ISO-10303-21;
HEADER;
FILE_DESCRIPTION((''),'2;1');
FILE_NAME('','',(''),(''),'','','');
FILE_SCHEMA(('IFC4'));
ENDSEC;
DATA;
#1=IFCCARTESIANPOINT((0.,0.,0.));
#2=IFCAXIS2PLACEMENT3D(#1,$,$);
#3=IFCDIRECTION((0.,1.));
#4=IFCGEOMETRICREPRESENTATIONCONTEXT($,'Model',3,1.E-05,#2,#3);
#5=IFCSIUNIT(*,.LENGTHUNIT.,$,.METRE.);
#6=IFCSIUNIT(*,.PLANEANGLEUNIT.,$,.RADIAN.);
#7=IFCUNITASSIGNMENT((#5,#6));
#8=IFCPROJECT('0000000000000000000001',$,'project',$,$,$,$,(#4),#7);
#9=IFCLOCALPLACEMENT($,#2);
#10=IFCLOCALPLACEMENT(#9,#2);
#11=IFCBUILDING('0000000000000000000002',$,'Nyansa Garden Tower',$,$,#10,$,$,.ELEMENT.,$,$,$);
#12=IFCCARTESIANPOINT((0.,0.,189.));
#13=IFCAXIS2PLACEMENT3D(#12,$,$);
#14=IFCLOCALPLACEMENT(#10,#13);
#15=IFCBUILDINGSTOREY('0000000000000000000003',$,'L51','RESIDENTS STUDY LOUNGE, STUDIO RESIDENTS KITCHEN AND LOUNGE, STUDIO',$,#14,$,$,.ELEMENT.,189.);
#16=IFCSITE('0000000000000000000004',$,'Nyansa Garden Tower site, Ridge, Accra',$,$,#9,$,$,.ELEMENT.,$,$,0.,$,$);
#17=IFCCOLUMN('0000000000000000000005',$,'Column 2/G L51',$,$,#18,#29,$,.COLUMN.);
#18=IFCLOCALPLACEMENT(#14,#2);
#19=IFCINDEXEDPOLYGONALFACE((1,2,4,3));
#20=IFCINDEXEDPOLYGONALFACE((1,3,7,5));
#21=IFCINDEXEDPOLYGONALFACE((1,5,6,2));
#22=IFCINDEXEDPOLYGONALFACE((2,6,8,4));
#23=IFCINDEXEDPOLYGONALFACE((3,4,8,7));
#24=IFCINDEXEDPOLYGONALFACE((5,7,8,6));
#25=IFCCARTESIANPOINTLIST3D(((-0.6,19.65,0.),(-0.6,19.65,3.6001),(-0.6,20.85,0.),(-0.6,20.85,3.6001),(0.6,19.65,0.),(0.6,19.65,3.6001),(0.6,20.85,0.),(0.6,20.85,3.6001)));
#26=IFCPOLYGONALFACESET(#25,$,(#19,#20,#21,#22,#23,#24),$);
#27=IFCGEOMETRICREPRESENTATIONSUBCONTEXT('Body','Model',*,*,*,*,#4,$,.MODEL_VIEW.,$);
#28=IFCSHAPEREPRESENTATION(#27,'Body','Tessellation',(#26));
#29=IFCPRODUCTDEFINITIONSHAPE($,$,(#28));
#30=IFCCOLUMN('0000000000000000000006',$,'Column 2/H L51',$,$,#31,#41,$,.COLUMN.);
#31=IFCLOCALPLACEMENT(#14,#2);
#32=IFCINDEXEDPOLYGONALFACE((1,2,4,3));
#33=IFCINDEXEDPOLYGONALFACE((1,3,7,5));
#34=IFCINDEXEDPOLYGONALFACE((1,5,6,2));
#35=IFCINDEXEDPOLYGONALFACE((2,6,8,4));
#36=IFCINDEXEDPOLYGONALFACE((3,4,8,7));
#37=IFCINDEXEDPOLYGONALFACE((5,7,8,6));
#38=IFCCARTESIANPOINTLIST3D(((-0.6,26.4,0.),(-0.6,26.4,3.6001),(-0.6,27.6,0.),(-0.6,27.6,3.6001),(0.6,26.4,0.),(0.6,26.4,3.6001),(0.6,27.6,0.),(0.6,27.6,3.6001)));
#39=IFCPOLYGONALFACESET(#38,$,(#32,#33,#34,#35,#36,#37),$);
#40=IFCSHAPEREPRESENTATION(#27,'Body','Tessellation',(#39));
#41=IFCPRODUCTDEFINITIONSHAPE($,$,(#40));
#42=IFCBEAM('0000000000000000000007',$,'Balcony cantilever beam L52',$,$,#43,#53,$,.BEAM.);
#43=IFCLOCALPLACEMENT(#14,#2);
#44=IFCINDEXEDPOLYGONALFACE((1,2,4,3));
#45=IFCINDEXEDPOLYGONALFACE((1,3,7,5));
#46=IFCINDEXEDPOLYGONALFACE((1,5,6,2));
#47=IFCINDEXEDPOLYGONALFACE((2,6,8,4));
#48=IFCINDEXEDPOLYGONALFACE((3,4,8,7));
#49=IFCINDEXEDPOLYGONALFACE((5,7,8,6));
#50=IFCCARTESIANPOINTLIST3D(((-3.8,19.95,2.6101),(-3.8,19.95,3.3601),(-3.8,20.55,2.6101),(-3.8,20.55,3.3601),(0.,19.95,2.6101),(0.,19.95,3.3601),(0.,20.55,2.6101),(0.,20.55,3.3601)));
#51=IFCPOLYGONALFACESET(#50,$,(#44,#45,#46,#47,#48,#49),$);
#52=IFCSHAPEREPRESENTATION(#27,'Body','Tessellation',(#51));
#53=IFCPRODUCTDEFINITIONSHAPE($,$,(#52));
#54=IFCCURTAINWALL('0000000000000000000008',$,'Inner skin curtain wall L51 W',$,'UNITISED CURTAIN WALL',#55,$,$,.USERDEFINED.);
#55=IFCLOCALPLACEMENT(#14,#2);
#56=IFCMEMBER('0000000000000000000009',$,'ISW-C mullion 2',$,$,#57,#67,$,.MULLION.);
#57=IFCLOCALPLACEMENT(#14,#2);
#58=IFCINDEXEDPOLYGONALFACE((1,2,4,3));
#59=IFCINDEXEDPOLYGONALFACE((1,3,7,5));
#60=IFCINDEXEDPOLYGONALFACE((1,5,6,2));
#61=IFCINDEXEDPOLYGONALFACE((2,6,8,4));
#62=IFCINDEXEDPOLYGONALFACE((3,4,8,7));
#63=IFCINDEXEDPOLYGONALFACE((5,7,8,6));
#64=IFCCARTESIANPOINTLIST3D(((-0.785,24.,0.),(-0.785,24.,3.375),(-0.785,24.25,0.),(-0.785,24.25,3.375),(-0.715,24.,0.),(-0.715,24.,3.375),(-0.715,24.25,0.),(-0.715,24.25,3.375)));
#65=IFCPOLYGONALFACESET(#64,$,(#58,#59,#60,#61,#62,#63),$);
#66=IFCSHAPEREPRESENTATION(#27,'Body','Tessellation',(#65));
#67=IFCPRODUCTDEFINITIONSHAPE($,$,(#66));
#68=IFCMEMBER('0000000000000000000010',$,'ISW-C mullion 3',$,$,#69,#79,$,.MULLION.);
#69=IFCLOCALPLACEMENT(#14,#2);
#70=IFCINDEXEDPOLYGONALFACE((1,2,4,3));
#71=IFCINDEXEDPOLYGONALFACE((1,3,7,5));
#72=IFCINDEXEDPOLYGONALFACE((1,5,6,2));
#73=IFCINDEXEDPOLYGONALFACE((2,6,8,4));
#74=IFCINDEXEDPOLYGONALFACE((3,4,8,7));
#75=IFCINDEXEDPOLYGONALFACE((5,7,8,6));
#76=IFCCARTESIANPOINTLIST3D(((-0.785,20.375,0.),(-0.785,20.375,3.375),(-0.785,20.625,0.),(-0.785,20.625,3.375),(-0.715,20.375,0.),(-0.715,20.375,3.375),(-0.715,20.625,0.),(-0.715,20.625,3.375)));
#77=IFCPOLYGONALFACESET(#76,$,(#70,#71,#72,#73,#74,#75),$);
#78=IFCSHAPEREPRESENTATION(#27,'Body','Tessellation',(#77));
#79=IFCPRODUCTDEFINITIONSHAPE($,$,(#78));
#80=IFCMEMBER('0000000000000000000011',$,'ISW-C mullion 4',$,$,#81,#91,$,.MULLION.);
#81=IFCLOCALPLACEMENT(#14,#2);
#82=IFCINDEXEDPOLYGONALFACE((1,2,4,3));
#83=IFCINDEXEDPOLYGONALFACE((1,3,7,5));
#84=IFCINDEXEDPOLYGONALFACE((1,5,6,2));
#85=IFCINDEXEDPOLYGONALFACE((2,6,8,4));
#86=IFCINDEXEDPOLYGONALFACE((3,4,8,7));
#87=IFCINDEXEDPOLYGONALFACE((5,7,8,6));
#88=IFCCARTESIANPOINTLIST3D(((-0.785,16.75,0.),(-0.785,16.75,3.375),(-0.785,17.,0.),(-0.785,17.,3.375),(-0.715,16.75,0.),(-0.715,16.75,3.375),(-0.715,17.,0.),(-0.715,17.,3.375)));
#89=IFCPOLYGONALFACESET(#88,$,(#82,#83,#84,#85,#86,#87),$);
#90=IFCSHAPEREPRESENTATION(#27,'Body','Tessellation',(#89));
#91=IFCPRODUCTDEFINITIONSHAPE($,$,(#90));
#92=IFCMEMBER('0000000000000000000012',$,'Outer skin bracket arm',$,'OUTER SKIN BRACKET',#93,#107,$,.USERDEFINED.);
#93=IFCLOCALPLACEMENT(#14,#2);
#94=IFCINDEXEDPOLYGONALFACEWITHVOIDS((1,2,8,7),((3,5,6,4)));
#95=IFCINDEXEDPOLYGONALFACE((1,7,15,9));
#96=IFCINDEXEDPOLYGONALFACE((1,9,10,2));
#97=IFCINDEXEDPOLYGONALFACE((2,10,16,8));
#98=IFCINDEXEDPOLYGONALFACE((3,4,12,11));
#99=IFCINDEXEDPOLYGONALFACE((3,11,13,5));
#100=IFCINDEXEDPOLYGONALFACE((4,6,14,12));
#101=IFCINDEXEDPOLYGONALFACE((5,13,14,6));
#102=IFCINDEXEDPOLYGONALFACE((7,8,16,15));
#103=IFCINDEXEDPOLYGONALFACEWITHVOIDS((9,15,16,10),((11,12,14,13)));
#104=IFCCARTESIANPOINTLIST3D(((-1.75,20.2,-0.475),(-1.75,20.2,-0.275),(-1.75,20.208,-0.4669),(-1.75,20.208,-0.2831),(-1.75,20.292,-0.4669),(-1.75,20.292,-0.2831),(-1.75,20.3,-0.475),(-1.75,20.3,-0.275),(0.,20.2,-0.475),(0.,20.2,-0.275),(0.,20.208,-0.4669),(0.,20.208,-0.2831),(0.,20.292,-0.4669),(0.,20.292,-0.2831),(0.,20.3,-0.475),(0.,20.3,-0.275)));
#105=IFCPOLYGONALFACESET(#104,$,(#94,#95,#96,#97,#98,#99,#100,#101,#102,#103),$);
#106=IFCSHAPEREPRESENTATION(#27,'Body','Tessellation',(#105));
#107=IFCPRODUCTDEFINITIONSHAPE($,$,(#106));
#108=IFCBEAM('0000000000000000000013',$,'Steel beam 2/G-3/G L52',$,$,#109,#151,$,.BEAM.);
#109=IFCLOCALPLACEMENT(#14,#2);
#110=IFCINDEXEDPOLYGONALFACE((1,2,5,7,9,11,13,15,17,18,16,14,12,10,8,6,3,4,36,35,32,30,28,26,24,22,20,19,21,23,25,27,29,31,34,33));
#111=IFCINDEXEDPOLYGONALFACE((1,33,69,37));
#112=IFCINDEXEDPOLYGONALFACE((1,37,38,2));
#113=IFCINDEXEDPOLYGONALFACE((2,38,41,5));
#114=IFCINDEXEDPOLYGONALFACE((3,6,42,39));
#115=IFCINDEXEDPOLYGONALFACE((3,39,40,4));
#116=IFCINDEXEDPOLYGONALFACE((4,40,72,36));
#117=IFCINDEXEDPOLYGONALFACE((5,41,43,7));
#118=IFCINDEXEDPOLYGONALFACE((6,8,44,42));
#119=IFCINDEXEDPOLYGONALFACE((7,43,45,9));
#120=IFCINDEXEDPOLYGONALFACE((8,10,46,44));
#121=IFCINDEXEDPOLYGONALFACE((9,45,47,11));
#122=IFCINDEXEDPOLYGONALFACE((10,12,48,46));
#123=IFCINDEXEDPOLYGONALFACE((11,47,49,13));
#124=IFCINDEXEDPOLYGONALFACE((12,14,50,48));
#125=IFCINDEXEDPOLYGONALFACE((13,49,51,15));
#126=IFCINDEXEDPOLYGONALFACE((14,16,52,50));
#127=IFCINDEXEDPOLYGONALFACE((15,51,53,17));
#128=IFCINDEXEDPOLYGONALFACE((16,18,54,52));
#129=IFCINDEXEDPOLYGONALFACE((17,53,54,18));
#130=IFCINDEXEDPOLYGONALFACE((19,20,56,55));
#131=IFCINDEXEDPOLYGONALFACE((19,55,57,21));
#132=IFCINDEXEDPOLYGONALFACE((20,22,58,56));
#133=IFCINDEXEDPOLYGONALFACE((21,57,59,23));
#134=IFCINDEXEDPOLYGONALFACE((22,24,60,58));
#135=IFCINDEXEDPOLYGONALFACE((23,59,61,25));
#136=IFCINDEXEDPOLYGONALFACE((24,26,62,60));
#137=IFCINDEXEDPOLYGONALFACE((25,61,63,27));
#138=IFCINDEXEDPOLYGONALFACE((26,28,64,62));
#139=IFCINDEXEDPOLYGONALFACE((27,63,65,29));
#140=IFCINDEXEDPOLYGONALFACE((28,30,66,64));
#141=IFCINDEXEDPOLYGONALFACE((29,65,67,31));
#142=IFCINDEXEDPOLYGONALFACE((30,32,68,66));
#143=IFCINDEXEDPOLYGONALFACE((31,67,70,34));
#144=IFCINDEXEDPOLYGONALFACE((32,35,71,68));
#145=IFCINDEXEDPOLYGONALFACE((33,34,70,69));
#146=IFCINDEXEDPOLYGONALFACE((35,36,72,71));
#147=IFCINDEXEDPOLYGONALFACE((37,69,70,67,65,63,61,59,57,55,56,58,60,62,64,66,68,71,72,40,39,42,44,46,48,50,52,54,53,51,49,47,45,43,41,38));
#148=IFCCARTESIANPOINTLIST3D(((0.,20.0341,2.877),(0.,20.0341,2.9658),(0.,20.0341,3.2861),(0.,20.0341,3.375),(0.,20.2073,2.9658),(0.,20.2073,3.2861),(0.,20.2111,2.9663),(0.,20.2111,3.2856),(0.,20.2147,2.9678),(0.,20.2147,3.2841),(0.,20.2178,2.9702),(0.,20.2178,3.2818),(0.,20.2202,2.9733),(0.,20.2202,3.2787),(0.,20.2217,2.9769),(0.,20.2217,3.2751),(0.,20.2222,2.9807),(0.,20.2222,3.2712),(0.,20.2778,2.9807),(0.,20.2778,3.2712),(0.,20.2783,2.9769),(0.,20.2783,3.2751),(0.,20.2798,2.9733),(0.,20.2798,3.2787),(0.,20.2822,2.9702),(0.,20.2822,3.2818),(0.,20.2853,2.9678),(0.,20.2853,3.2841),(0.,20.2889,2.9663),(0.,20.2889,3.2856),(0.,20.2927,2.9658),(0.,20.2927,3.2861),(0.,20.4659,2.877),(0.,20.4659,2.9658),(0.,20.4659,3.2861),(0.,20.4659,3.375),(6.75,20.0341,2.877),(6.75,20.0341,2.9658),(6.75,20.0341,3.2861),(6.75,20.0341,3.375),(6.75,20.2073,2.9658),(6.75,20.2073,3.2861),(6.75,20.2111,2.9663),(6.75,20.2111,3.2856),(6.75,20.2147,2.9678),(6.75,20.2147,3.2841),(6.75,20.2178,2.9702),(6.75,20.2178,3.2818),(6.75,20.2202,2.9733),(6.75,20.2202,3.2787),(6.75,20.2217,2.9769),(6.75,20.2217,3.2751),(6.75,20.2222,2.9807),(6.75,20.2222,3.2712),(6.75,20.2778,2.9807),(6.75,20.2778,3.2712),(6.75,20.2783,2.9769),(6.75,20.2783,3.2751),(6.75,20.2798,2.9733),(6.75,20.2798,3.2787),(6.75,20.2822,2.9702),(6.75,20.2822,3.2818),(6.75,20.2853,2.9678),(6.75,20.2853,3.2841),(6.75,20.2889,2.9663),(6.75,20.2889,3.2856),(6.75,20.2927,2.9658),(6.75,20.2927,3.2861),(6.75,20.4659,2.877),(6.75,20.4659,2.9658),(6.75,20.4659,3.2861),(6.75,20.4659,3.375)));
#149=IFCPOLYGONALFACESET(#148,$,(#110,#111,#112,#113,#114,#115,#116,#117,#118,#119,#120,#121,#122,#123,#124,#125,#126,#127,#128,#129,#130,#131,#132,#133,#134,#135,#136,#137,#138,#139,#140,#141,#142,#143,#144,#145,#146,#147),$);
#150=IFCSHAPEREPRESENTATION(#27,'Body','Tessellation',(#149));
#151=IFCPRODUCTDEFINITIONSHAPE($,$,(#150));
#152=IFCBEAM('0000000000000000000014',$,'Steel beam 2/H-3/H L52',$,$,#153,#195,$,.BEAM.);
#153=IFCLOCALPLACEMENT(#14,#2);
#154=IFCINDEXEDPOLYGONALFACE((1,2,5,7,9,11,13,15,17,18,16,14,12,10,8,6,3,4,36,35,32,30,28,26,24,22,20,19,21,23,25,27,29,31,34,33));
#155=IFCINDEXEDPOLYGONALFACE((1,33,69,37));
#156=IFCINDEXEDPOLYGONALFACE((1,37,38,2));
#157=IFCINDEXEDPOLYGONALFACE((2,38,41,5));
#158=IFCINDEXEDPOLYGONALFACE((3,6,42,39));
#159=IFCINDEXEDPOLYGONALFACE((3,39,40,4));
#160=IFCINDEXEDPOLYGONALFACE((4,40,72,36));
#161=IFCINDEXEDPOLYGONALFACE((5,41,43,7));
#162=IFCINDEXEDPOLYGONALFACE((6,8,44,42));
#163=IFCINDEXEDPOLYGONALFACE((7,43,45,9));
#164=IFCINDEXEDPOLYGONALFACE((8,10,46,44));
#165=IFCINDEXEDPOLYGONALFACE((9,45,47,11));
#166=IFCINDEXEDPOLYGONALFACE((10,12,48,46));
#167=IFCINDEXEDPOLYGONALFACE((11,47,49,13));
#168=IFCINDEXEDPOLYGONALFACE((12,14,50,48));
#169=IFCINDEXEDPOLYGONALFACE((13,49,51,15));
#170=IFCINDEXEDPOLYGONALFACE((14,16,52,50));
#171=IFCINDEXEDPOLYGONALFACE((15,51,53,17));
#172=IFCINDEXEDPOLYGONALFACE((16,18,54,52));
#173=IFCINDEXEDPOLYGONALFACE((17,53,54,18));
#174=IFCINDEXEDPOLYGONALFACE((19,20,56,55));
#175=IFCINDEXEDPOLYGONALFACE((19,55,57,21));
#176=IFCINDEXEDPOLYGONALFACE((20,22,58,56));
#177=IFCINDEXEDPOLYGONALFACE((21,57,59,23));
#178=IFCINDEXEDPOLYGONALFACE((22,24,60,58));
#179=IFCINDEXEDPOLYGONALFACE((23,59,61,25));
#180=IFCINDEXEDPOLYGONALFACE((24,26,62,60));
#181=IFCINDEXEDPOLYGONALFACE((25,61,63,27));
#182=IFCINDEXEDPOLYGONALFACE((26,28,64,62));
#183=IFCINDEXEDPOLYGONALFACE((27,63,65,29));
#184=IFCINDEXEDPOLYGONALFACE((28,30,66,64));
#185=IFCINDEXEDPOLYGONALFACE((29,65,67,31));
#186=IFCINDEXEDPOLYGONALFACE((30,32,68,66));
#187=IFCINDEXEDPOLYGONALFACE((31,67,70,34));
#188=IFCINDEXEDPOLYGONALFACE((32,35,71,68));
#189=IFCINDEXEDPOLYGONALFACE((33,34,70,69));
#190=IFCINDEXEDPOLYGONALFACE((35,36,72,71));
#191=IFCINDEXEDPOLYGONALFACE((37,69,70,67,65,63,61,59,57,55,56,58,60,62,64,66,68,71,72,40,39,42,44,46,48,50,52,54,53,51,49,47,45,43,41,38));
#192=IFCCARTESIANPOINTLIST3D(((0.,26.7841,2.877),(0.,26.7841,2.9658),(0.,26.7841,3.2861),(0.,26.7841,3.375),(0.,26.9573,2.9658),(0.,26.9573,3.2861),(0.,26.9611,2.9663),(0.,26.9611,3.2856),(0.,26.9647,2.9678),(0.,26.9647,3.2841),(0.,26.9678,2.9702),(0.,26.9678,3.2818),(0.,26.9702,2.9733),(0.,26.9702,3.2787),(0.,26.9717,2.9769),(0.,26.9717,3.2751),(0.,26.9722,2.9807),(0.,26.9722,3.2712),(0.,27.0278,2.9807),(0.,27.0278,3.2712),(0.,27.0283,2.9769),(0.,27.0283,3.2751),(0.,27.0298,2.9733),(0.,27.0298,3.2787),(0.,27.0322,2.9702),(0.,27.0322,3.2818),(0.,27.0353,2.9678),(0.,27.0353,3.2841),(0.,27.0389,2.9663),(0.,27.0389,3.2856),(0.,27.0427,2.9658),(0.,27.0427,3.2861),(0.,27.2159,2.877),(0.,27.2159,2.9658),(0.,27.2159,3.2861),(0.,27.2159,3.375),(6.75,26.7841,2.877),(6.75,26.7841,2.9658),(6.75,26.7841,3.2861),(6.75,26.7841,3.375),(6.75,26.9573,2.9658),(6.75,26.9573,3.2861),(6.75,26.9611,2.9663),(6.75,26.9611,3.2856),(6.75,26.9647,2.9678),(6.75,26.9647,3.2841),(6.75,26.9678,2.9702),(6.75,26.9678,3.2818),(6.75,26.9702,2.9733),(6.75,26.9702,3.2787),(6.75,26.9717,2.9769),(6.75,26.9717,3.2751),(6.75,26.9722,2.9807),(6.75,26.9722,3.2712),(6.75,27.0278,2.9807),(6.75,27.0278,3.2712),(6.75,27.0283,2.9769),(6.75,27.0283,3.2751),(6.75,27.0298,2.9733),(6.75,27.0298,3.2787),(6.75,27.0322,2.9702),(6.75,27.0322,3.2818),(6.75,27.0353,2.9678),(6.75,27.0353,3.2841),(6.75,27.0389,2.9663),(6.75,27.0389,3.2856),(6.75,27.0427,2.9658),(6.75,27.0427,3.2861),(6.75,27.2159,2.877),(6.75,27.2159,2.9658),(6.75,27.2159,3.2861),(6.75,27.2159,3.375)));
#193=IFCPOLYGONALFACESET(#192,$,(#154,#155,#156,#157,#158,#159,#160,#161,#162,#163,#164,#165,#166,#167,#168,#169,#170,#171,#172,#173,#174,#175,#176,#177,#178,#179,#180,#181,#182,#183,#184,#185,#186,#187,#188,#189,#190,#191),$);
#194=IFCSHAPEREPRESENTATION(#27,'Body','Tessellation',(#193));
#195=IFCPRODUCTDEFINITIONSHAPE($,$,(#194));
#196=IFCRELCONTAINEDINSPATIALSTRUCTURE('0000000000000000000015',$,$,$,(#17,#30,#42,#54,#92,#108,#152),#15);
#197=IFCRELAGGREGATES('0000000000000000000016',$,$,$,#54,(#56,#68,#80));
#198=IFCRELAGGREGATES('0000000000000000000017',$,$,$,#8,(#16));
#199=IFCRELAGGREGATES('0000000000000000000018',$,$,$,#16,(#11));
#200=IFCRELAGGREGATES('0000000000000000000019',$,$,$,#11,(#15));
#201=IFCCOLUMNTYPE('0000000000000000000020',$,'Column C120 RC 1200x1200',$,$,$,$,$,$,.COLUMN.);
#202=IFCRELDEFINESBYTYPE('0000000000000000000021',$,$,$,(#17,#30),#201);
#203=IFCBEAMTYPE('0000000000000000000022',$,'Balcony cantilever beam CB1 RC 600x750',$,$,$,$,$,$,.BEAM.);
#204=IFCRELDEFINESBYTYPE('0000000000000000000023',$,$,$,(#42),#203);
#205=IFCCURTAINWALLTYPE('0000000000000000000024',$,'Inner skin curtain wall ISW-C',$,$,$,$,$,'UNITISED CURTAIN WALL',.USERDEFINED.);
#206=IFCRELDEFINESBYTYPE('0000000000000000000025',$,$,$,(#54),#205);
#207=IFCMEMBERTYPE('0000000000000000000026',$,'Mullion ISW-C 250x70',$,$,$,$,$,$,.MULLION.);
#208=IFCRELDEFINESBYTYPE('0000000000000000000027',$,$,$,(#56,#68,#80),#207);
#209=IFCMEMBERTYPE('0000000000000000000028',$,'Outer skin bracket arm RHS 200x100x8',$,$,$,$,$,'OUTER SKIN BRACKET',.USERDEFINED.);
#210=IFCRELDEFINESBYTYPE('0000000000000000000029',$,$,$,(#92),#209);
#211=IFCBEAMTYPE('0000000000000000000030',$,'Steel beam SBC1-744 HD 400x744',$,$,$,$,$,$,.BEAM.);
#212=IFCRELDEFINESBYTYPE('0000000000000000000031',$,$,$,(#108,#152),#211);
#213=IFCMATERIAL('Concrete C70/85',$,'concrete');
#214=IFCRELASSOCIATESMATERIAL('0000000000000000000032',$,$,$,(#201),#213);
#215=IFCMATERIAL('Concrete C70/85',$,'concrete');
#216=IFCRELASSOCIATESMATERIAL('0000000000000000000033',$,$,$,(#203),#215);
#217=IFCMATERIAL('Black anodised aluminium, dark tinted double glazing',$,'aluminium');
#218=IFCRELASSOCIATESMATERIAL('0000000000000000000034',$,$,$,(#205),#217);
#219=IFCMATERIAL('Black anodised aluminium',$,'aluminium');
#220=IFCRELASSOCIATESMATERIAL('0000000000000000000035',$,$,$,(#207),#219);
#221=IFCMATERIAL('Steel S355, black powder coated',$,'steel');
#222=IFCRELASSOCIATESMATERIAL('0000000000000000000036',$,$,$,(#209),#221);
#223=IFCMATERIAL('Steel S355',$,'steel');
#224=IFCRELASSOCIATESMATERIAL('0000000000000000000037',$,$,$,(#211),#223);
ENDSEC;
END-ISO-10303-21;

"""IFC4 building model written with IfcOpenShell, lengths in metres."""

from ifc_helpers import new_model, si_unit, direction, frame, origin, origin_2d, place, context, subcontext, project, spatial, rectangle, hollow_rectangle, i_section, extrude, material, material_profile, profile_set, type_object, element, aggregate, save


model = new_model("IFC4")

# Units and contexts
model_context = context("Model", 3, precision=1e-05, world=origin(), true_north=direction((0.0, 1.0)))
body_context = subcontext(model_context, "Body", "Model", "MODEL_VIEW")
ifc_project = project(units=[si_unit("LENGTHUNIT", "METRE"), si_unit("PLANEANGLEUNIT", "RADIAN")], contexts=[model_context])

# Site, building, storey
site_placement = place(None, origin())
site = spatial("IfcSite", under=ifc_project, at=site_placement, Name="Nyansa Garden Tower site, Ridge, Accra", CompositionType="ELEMENT", RefElevation=0.0)
building_placement = place(site_placement, origin())
building = spatial("IfcBuilding", under=site, at=building_placement, Name="Nyansa Garden Tower", CompositionType="ELEMENT")
storey_placement = place(building_placement, frame((0.0, 0.0, 189.0)))
storey = spatial("IfcBuildingStorey", under=building, at=storey_placement, Name="L51", Description="RESIDENTS STUDY LOUNGE, STUDIO RESIDENTS KITCHEN AND LOUNGE, STUDIO", CompositionType="ELEMENT", Elevation=189.0)

# Columns
ifc_material_1 = material(Name="Concrete C70/85", Category="concrete")
ifc_material_profile_1 = material_profile(ifc_material_1, rectangle(XDim=1.2, YDim=1.2, at=origin_2d()), Name="RC 1200x1200")
ifc_profile_set_1 = profile_set([ifc_material_profile_1], Name="Concrete C70/85")
column_type = type_object("IfcColumnType", Name="Column C120 RC 1200x1200", PredefinedType="COLUMN", material=ifc_profile_set_1)
for number, where, z_axis, x_axis, name in (
    (1, (0.0, 20.25, 0.0), (0.0, 0.0, 1.0), (1.0, 0.0, 0.0), "Column 2/G L51"),
    (2, (0.0, 27.0, 0.0), (0.0, 0.0, 1.0), (1.0, 0.0, 0.0), "Column 2/H L51"),
):
    element("IfcColumn", number, at=place(storey_placement, frame(where, z_axis=z_axis, x_axis=x_axis)), inside=storey, type_object=column_type, Name=name, PredefinedType="COLUMN", context=body_context, shape_type="SweptSolid", body=[
        extrude(rectangle(XDim=1.2, YDim=1.2, at=origin_2d()), origin(), (0.0, 0.0, 1.0), 3.6001),
    ])

# Beam
ifc_material_2 = material(Name="Concrete C70/85", Category="concrete")
ifc_material_profile_2 = material_profile(ifc_material_2, rectangle(XDim=0.6001, YDim=0.75, at=origin_2d()), Name="RC 600x750")
ifc_profile_set_2 = profile_set([ifc_material_profile_2], Name="Concrete C70/85")
beam_type_1 = type_object("IfcBeamType", Name="Balcony cantilever beam CB1 RC 600x750", PredefinedType="BEAM", material=ifc_profile_set_2)
beam_1_placement = place(storey_placement, frame((0.0, 20.25, 2.9851), z_axis=(-1.0, 0.0, 0.0), x_axis=(0.0, -1.0, 0.0)))
element("IfcBeam", 3, at=beam_1_placement, inside=storey, type_object=beam_type_1, Name="Balcony cantilever beam L52", PredefinedType="BEAM", context=body_context, shape_type="SweptSolid", body=[
    extrude(rectangle(XDim=0.6001, YDim=0.75, at=origin_2d()), origin(), (0.0, 0.0, 1.0), 3.8),
])

# Curtain wall, members
ifc_material_3 = material(Name="Black anodised aluminium, dark tinted double glazing", Category="aluminium")
curtain_wall_type = type_object("IfcCurtainWallType", Name="Inner skin curtain wall ISW-C", ElementType="UNITISED CURTAIN WALL", PredefinedType="USERDEFINED", material=ifc_material_3)
curtain_wall_placement = place(storey_placement, origin())
curtain_wall = element("IfcCurtainWall", 4, at=curtain_wall_placement, inside=storey, type_object=curtain_wall_type, Name="Inner skin curtain wall L51 W", ObjectType="UNITISED CURTAIN WALL", PredefinedType="USERDEFINED")
ifc_material_4 = material(Name="Black anodised aluminium", Category="aluminium")
ifc_material_profile_3 = material_profile(ifc_material_4, rectangle(XDim=0.0701, YDim=0.25, at=origin_2d()), Name="Mullion 250x70")
ifc_profile_set_3 = profile_set([ifc_material_profile_3], Name="Black anodised aluminium")
member_type_1 = type_object("IfcMemberType", Name="Mullion ISW-C 250x70", PredefinedType="MULLION", material=ifc_profile_set_3)
member_1_placement = place(storey_placement, frame((-0.75, 24.125, 0.0), z_axis=(0.0, 0.0, 1.0), x_axis=(1.0, 0.0, 0.0)))
member_1 = element("IfcMember", 5, at=member_1_placement, type_object=member_type_1, Name="ISW-C mullion 2", PredefinedType="MULLION", context=body_context, shape_type="SweptSolid", body=[
    extrude(rectangle(XDim=0.0701, YDim=0.25, at=origin_2d()), origin(), (0.0, 0.0, 1.0), 3.375),
])
member_2_placement = place(storey_placement, frame((-0.75, 20.5, 0.0), z_axis=(0.0, 0.0, 1.0), x_axis=(1.0, 0.0, 0.0)))
member_2 = element("IfcMember", 6, at=member_2_placement, type_object=member_type_1, Name="ISW-C mullion 3", PredefinedType="MULLION", context=body_context, shape_type="SweptSolid", body=[
    extrude(rectangle(XDim=0.0701, YDim=0.25, at=origin_2d()), origin(), (0.0, 0.0, 1.0), 3.375),
])
member_3_placement = place(storey_placement, frame((-0.75, 16.875, 0.0), z_axis=(0.0, 0.0, 1.0), x_axis=(1.0, 0.0, 0.0)))
member_3 = element("IfcMember", 7, at=member_3_placement, type_object=member_type_1, Name="ISW-C mullion 4", PredefinedType="MULLION", context=body_context, shape_type="SweptSolid", body=[
    extrude(rectangle(XDim=0.0701, YDim=0.25, at=origin_2d()), origin(), (0.0, 0.0, 1.0), 3.375),
])

# Member
ifc_material_5 = material(Name="Steel S355, black powder coated", Category="steel")
ifc_material_profile_4 = material_profile(ifc_material_5, hollow_rectangle(XDim=0.1001, YDim=0.2, WallThickness=0.0081, at=origin_2d()), Name="RHS 200x100x8")
ifc_profile_set_4 = profile_set([ifc_material_profile_4], Name="Steel S355, black powder coated")
member_type_2 = type_object("IfcMemberType", Name="Outer skin bracket arm RHS 200x100x8", ElementType="OUTER SKIN BRACKET", PredefinedType="USERDEFINED", material=ifc_profile_set_4)
member_4_placement = place(storey_placement, frame((0.0, 20.25, -0.375), z_axis=(-1.0, 0.0, 0.0), x_axis=(0.0, -1.0, 0.0)))
element("IfcMember", 8, at=member_4_placement, inside=storey, type_object=member_type_2, Name="Outer skin bracket arm", ObjectType="OUTER SKIN BRACKET", PredefinedType="USERDEFINED", context=body_context, shape_type="SweptSolid", body=[
    extrude(hollow_rectangle(XDim=0.1001, YDim=0.2, WallThickness=0.0081, at=origin_2d()), origin(), (0.0, 0.0, 1.0), 1.75),
])

# Beams
ifc_material_6 = material(Name="Steel S355", Category="steel")
ifc_material_profile_5 = material_profile(ifc_material_6, i_section(OverallWidth=0.4319, OverallDepth=0.498, WebThickness=0.0557, FlangeThickness=0.0889, FilletRadius=0.0149, at=origin_2d()), Name="HD 400x744")
ifc_profile_set_5 = profile_set([ifc_material_profile_5], Name="Steel S355")
beam_type_2 = type_object("IfcBeamType", Name="Steel beam SBC1-744 HD 400x744", PredefinedType="BEAM", material=ifc_profile_set_5)
for number, where, z_axis, x_axis, name in (
    (9, (0.0, 20.25, 3.126), (1.0, 0.0, 0.0), (0.0, 1.0, 0.0), "Steel beam 2/G-3/G L52"),
    (10, (0.0, 27.0, 3.126), (1.0, 0.0, 0.0), (0.0, 1.0, 0.0), "Steel beam 2/H-3/H L52"),
):
    element("IfcBeam", number, at=place(storey_placement, frame(where, z_axis=z_axis, x_axis=x_axis)), inside=storey, type_object=beam_type_2, Name=name, PredefinedType="BEAM", context=body_context, shape_type="SweptSolid", body=[
        extrude(i_section(OverallWidth=0.4319, OverallDepth=0.498, WebThickness=0.0557, FlangeThickness=0.0889, FilletRadius=0.0149, at=origin_2d()), origin(), (0.0, 0.0, 1.0), 6.75),
    ])

aggregate(curtain_wall, [member_1, member_2, member_3])

save(model, "model.ifc")
